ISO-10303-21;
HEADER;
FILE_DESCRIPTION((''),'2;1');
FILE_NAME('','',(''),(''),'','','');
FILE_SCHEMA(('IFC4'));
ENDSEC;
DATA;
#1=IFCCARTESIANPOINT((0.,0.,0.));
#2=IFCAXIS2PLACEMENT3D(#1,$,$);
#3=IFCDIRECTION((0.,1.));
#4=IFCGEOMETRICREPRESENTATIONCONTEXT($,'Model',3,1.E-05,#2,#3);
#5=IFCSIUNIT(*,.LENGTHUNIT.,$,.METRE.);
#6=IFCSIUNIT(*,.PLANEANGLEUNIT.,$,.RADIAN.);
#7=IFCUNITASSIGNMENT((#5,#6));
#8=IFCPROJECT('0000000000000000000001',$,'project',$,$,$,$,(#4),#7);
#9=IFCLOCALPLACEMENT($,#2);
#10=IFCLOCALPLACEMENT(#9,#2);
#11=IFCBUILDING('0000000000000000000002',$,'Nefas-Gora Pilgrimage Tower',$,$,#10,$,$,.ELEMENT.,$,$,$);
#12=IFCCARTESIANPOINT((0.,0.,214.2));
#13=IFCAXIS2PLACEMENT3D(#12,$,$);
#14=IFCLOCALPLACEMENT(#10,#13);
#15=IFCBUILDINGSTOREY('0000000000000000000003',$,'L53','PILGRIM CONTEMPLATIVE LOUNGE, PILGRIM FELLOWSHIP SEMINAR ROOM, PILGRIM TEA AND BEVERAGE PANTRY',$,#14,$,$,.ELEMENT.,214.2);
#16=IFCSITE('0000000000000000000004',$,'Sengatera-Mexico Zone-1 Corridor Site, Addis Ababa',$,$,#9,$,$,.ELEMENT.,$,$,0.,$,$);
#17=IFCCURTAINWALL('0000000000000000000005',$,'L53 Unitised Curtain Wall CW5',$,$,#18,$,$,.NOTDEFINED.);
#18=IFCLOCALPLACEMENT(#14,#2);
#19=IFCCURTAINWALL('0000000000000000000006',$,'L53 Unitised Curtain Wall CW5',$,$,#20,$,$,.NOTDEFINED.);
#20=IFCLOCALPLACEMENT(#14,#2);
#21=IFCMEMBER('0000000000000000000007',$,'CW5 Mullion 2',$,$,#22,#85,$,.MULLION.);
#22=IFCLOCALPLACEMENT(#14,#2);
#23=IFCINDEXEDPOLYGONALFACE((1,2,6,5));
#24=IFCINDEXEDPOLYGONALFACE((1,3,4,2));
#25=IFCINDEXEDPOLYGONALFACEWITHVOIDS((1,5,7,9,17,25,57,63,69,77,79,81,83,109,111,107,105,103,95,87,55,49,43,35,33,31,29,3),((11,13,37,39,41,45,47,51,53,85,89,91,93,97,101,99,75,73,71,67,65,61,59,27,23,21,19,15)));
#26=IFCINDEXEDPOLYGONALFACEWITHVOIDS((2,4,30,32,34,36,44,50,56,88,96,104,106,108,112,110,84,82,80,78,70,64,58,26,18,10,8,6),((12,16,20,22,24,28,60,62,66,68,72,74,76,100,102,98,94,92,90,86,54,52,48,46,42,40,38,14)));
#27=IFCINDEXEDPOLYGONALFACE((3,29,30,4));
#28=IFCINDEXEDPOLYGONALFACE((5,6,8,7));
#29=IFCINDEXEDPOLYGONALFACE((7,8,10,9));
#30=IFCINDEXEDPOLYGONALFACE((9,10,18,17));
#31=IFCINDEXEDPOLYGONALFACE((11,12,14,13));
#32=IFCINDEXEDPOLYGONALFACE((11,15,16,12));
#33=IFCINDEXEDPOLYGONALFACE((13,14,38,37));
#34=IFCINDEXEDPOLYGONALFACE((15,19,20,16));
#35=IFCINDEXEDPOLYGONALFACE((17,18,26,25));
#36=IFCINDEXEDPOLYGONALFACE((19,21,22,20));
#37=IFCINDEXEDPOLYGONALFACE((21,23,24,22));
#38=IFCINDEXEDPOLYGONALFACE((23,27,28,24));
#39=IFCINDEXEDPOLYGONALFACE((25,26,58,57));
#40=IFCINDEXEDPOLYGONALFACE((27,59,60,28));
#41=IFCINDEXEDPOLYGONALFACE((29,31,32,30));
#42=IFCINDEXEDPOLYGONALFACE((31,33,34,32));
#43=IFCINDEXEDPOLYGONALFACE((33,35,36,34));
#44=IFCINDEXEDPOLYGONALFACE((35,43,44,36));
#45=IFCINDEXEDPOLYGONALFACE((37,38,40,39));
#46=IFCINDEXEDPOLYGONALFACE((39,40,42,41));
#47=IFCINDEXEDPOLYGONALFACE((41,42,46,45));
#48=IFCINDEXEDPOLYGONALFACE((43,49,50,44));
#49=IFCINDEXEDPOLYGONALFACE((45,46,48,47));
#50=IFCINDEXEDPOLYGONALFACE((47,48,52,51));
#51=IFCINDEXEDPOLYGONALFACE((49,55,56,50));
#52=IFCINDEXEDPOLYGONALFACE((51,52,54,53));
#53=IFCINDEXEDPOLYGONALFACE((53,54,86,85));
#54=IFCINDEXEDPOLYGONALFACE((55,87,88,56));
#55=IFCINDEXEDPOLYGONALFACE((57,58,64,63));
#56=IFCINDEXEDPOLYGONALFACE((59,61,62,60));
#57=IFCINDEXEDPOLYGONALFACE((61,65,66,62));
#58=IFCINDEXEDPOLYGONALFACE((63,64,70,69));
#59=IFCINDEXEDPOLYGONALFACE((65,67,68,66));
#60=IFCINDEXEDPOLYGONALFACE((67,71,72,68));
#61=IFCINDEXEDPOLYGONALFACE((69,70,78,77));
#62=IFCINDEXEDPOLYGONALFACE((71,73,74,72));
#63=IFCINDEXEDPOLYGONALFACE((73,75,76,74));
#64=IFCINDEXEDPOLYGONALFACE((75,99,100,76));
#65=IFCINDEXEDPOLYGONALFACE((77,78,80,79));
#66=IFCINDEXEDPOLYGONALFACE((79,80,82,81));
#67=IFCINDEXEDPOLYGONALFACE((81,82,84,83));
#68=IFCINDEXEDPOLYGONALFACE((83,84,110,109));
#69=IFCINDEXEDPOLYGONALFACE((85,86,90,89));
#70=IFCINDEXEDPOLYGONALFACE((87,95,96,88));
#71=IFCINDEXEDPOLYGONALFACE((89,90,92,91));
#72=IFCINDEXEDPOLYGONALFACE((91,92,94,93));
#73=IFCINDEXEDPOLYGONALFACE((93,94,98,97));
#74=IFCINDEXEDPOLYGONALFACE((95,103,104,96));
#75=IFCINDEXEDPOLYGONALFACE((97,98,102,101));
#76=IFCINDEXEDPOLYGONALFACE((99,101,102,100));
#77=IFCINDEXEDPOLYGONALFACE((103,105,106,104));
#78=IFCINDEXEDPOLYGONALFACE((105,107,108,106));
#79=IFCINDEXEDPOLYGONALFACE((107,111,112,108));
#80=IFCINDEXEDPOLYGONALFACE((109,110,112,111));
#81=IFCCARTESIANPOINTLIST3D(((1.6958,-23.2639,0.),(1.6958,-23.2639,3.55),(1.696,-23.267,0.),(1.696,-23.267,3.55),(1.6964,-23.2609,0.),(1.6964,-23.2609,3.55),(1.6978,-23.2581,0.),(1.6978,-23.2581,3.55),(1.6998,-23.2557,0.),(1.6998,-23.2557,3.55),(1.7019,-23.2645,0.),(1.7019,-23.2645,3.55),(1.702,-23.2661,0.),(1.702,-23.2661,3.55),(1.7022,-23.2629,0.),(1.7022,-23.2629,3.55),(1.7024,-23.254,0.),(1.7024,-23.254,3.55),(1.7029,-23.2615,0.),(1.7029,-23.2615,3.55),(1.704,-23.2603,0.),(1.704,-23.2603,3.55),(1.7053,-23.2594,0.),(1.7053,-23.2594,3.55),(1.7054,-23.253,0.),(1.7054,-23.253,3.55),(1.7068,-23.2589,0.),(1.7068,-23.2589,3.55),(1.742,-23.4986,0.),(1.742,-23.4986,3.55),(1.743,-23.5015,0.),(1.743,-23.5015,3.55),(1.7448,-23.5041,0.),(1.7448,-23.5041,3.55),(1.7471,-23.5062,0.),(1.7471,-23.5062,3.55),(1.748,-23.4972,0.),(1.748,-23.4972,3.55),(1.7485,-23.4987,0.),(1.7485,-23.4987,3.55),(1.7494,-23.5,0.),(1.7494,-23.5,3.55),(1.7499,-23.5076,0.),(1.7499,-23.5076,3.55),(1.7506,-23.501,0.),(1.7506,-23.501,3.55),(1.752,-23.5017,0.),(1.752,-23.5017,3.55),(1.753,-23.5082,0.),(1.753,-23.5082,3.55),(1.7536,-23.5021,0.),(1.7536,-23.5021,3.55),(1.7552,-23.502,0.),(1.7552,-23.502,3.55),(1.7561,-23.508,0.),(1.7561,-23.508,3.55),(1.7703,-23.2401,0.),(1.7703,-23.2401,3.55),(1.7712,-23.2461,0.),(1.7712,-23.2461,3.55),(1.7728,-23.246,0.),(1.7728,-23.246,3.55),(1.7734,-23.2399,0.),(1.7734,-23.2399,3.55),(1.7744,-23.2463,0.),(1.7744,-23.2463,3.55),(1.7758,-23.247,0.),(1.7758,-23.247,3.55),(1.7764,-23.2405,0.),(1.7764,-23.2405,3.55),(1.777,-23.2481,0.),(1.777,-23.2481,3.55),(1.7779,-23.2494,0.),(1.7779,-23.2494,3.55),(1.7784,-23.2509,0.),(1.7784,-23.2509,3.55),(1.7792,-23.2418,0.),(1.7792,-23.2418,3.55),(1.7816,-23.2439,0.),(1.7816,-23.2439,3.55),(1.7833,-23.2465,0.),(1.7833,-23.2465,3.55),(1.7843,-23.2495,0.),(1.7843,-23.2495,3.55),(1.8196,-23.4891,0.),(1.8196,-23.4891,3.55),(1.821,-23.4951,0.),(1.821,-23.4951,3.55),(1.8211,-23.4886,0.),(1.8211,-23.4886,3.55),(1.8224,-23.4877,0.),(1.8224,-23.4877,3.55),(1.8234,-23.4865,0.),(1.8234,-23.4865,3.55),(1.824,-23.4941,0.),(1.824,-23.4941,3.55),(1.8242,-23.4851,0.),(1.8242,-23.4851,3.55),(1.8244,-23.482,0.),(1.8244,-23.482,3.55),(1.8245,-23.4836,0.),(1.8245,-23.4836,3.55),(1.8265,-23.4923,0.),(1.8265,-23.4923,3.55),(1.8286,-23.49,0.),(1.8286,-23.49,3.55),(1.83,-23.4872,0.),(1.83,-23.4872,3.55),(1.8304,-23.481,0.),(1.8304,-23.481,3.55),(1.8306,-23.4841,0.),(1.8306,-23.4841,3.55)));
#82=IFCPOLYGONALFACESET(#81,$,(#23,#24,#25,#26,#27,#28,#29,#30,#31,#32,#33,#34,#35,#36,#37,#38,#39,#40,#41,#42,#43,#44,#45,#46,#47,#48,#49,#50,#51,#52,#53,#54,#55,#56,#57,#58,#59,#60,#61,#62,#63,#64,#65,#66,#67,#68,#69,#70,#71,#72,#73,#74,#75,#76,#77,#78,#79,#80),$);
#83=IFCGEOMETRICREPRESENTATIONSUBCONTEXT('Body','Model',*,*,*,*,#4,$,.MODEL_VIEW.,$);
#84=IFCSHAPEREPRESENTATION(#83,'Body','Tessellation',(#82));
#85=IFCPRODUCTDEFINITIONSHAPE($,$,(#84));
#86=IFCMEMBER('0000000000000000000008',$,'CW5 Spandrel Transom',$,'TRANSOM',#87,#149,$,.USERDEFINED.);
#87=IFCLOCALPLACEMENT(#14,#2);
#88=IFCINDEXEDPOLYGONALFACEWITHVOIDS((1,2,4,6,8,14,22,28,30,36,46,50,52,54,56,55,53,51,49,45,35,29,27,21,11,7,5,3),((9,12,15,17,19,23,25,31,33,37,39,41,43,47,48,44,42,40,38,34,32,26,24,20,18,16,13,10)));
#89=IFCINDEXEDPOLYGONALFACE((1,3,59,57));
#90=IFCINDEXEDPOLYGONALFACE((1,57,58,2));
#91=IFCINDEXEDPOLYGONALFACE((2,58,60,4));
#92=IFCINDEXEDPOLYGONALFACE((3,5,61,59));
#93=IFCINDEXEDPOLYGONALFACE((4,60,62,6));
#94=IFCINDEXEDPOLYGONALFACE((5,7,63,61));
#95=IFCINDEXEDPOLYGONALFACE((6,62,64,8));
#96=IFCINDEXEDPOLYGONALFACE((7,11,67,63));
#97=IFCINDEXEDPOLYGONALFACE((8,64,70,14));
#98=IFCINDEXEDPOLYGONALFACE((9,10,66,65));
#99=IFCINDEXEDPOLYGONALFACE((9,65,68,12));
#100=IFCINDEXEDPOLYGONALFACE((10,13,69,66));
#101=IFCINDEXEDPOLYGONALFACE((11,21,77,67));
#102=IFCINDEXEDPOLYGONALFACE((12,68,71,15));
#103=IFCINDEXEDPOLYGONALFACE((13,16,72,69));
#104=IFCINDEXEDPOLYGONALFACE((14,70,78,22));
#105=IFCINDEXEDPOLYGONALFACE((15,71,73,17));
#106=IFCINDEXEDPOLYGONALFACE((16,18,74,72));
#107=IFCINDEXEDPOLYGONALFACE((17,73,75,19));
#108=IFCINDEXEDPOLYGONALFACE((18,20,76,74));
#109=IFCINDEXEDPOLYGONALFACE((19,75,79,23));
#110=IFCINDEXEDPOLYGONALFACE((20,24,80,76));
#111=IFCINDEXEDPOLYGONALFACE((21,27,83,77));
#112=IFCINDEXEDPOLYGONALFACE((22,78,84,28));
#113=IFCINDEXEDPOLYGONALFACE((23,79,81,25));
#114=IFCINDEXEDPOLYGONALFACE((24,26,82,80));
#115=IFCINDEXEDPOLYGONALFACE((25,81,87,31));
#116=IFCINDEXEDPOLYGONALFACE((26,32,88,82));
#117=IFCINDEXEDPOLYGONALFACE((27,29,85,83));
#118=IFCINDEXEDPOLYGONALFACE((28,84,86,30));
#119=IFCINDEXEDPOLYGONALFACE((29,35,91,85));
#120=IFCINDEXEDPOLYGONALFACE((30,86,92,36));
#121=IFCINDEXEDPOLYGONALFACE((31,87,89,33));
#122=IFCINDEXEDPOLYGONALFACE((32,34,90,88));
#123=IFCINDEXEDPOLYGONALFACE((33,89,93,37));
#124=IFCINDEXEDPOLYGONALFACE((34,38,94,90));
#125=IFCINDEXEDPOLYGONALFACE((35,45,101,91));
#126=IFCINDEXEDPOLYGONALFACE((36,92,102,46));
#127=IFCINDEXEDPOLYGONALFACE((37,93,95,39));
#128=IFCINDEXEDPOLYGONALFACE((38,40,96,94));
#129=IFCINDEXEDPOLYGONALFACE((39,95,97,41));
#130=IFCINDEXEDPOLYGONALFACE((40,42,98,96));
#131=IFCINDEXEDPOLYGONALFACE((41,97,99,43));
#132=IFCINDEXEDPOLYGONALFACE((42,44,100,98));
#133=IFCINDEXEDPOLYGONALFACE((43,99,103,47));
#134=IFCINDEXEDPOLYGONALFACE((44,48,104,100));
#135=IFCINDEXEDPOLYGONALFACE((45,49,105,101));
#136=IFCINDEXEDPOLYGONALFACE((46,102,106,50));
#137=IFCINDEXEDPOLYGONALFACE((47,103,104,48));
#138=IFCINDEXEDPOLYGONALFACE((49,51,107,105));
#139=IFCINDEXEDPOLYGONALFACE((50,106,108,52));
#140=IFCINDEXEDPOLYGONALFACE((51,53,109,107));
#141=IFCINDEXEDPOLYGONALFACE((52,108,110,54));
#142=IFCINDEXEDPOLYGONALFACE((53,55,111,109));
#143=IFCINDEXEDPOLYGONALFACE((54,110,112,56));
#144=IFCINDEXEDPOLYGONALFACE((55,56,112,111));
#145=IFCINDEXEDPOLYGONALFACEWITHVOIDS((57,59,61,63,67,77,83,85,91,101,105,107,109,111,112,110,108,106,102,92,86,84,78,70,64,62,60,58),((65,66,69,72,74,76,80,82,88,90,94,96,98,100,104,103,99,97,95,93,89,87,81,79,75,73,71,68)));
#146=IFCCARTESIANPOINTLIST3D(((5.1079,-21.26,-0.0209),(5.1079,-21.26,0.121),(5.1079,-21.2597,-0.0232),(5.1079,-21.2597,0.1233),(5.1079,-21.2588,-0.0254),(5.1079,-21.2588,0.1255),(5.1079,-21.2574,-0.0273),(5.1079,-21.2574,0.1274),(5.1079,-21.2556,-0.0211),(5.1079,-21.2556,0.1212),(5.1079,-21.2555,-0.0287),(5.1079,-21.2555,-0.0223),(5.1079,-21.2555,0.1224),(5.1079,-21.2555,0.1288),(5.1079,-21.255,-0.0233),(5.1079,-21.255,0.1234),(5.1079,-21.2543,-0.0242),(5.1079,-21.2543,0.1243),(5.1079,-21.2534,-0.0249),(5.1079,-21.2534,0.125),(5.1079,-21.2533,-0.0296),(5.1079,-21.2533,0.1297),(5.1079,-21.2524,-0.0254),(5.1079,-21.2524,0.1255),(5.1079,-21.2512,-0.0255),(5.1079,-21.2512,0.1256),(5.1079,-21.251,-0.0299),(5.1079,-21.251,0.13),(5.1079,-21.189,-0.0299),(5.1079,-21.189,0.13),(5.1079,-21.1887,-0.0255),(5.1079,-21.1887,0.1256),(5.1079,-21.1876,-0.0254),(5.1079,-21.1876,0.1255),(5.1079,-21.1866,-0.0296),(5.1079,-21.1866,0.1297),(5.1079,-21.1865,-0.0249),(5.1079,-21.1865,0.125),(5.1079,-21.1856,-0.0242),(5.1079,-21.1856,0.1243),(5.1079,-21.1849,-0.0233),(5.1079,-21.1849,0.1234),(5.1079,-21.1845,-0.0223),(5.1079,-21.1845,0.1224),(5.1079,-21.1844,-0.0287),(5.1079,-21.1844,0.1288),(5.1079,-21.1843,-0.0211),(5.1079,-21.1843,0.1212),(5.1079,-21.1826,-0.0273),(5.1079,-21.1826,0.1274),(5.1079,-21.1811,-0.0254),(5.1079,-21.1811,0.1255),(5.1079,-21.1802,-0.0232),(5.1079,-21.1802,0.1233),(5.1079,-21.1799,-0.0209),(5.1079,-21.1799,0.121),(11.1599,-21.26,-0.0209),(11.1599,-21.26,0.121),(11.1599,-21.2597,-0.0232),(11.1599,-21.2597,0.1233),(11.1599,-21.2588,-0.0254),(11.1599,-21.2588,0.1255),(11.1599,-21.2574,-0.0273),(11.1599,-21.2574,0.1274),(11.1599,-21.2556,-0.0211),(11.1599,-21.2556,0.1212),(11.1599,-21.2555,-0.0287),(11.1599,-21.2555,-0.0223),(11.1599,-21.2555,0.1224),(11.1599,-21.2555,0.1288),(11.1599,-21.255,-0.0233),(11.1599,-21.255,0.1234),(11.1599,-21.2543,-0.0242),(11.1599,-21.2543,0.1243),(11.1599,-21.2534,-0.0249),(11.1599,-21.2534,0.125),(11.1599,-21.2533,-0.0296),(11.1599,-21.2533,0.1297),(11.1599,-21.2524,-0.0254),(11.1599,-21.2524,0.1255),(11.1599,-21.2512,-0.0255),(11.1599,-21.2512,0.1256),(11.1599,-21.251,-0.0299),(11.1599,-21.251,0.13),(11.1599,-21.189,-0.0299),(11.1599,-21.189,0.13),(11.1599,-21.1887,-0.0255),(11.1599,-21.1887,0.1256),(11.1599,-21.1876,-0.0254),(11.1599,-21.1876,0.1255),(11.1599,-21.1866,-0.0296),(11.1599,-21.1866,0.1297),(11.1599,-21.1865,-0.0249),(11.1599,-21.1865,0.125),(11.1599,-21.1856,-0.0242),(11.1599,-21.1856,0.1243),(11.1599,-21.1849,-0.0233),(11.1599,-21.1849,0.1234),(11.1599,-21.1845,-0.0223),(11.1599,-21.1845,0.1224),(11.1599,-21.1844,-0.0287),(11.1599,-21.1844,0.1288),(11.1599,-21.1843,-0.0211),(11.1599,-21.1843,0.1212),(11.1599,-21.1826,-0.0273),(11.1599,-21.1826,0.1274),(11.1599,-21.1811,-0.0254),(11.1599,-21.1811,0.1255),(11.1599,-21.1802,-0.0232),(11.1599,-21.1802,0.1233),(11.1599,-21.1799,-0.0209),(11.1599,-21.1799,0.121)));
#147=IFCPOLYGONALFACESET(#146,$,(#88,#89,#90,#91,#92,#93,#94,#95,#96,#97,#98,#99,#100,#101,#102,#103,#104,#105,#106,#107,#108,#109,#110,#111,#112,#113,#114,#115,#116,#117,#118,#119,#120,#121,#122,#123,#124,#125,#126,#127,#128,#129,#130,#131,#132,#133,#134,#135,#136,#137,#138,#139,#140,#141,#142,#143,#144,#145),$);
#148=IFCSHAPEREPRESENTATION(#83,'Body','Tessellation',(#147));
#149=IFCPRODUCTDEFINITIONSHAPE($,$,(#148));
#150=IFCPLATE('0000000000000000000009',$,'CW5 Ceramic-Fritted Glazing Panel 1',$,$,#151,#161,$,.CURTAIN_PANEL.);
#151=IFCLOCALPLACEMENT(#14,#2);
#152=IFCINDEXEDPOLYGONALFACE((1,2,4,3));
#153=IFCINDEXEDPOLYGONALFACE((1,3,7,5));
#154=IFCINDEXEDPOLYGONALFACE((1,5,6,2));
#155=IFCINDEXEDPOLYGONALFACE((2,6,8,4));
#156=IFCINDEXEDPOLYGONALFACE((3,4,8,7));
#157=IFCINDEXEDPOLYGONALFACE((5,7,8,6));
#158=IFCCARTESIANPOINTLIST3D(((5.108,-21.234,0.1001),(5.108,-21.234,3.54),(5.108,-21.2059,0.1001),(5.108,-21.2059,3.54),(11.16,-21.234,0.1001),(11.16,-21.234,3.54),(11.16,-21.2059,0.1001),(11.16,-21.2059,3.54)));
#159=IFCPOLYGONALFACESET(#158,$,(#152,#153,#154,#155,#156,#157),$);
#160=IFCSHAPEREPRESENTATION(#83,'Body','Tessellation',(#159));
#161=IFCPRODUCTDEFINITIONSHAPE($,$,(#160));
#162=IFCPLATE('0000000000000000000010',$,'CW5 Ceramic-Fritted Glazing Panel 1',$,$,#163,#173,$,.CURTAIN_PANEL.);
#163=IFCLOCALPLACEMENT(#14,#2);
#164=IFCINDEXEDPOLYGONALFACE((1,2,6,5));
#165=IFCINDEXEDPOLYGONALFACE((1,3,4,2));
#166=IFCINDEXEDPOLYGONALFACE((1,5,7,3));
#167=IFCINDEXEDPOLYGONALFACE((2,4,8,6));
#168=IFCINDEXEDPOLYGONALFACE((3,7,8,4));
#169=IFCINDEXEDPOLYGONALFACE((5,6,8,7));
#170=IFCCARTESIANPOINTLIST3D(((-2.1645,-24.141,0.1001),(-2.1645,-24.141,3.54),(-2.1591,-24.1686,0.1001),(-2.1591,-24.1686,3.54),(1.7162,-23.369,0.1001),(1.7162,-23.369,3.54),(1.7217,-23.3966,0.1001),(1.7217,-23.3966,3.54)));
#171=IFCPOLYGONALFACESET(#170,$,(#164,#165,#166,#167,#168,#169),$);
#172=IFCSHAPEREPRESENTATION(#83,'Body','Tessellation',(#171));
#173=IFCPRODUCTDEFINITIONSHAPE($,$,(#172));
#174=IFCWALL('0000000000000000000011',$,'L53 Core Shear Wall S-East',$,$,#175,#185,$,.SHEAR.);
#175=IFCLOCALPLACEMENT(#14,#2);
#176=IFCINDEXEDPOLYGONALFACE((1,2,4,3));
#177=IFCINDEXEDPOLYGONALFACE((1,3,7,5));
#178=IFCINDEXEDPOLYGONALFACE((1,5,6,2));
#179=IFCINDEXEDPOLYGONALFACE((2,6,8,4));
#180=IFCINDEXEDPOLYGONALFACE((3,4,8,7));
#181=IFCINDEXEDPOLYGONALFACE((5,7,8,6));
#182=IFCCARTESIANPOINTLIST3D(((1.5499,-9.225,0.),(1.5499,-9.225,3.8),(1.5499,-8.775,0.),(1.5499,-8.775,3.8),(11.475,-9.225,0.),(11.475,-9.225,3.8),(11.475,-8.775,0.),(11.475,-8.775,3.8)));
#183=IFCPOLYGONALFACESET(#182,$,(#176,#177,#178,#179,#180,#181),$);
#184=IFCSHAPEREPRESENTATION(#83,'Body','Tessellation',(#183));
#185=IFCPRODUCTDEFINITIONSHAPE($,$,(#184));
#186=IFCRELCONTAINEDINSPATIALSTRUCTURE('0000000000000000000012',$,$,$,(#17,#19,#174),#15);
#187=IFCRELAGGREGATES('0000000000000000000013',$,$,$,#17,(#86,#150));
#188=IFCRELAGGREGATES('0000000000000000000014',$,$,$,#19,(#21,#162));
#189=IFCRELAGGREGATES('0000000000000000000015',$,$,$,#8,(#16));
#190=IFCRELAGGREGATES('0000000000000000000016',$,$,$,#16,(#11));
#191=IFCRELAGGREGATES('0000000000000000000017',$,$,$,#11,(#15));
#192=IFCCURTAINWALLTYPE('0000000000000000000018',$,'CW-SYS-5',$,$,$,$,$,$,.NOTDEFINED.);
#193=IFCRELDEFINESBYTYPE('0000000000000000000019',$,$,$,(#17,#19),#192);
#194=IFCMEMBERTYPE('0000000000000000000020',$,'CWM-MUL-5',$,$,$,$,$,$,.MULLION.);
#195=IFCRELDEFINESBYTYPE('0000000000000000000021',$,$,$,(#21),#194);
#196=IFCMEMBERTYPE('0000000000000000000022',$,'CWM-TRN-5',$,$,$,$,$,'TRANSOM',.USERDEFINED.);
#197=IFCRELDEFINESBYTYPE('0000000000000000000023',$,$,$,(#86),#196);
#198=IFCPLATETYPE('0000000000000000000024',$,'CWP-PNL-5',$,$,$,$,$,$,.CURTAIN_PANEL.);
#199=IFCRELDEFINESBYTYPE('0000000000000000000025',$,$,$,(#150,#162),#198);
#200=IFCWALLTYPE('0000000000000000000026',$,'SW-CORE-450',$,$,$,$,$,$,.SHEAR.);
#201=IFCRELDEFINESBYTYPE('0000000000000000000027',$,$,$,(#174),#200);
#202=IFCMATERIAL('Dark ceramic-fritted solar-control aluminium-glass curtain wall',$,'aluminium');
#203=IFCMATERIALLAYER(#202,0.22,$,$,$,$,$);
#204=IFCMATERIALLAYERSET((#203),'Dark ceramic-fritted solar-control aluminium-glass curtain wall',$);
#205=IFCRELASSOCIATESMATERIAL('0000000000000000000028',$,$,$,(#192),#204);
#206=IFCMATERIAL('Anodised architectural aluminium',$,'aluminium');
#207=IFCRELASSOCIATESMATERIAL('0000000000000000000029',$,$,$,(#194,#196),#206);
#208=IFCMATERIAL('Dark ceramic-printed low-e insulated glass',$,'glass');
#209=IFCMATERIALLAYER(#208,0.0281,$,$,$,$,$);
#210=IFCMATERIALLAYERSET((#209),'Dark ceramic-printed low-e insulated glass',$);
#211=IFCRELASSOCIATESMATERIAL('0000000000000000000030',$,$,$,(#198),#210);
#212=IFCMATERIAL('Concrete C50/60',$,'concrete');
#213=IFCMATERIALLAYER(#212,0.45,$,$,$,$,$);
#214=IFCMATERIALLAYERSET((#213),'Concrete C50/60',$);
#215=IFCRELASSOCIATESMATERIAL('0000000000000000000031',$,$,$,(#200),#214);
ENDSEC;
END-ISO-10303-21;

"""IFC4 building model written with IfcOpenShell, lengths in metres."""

from ifc_helpers import new_model, si_unit, direction, frame, frame_2d, origin, origin_2d, place, context, subcontext, project, spatial, rectangle, hollow_rectangle, extrude, source, transform, mapped, material, layer, layer_set, material_profile, profile_set, type_object, element, aggregate, save


model = new_model("IFC4")

# Units and contexts
model_context = context("Model", 3, precision=1e-05, world=origin(), true_north=direction((0.0, 1.0)))
body_context = subcontext(model_context, "Body", "Model", "MODEL_VIEW")
ifc_project = project(units=[si_unit("LENGTHUNIT", "METRE"), si_unit("PLANEANGLEUNIT", "RADIAN")], contexts=[model_context])

# Site, building, storey
site_placement = place(None, origin())
site = spatial("IfcSite", under=ifc_project, at=site_placement, Name="Sengatera-Mexico Zone-1 Corridor Site, Addis Ababa", CompositionType="ELEMENT", RefElevation=0.0)
building_placement = place(site_placement, origin())
building = spatial("IfcBuilding", under=site, at=building_placement, Name="Nefas-Gora Pilgrimage Tower", CompositionType="ELEMENT")
storey_placement = place(building_placement, frame((0.0, 0.0, 214.2)))
storey = spatial("IfcBuildingStorey", under=building, at=storey_placement, Name="L53", Description="PILGRIM CONTEMPLATIVE LOUNGE, PILGRIM FELLOWSHIP SEMINAR ROOM, PILGRIM TEA AND BEVERAGE PANTRY", CompositionType="ELEMENT", Elevation=214.2)

# Curtain wall
ifc_material_1 = material(Name="Dark ceramic-fritted solar-control aluminium-glass curtain wall", Category="aluminium")
ifc_layer_1 = layer(ifc_material_1, 0.22)
ifc_layer_set_1 = layer_set([ifc_layer_1], Name="Dark ceramic-fritted solar-control aluminium-glass curtain wall")
curtain_wall_type = type_object("IfcCurtainWallType", Name="CW-SYS-5", PredefinedType="NOTDEFINED", material=ifc_layer_set_1)
curtain_wall_1_placement = place(storey_placement, origin())
curtain_wall_1 = element("IfcCurtainWall", 1, at=curtain_wall_1_placement, inside=storey, type_object=curtain_wall_type, Name="L53 Unitised Curtain Wall CW5", PredefinedType="NOTDEFINED")
ifc_material_2 = material(Name="Anodised architectural aluminium", Category="aluminium")
ifc_material_profile_1 = material_profile(ifc_material_2, hollow_rectangle(XDim=0.0901, YDim=0.26, WallThickness=0.0061, InnerFilletRadius=0.0061, OuterFilletRadius=0.012, at=origin_2d()), Name="ALU MULLION 90x260")
ifc_profile_set_1 = profile_set([ifc_material_profile_1], Name="Anodised architectural aluminium")
member_type_1 = type_object("IfcMemberType", Name="CWM-MUL-5", PredefinedType="MULLION", material=ifc_profile_set_1)
shared_shape_1 = source(origin(), body_context, "Body", "SweptSolid", [
    extrude(hollow_rectangle(XDim=0.0901, YDim=0.26, WallThickness=0.0061, InnerFilletRadius=0.0061, OuterFilletRadius=0.012, at=origin_2d()), origin(), (0.0, 0.0, 1.0), 3.55),
])

# Curtain wall, member
curtain_wall_2_placement = place(storey_placement, origin())
curtain_wall_2 = element("IfcCurtainWall", 2, at=curtain_wall_2_placement, inside=storey, type_object=curtain_wall_type, Name="L53 Unitised Curtain Wall CW5", PredefinedType="NOTDEFINED")
member_1_placement = place(storey_placement, frame((1.7632, -23.374, 0.0), z_axis=(0.0, 0.0, 1.0), x_axis=(0.980783, 0.195102, 0.0)))
member_1 = element("IfcMember", 3, at=member_1_placement, type_object=member_type_1, Name="CW5 Mullion 2", PredefinedType="MULLION", context=body_context, shape_type="MappedRepresentation", body=[
    mapped(shared_shape_1, transform((0.0, 0.0, 0.0), x_axis=(1.0, 0.0, 0.0), y_axis=(0.0, 1.0, 0.0), z_axis=(0.0, 0.0, 1.0), scale=1.0)),
])

# Member
ifc_material_profile_2 = material_profile(ifc_material_2, hollow_rectangle(XDim=0.0801, YDim=0.1599, WallThickness=0.0044, InnerFilletRadius=0.0044, OuterFilletRadius=0.009, at=origin_2d()), Name="ALU TRANSOM 80x160")
ifc_profile_set_2 = profile_set([ifc_material_profile_2], Name="Anodised architectural aluminium")
member_type_2 = type_object("IfcMemberType", Name="CWM-TRN-5", ElementType="TRANSOM", PredefinedType="USERDEFINED", material=ifc_profile_set_2)
shared_shape_2 = source(origin(), body_context, "Body", "SweptSolid", [
    extrude(hollow_rectangle(XDim=0.0801, YDim=0.1599, WallThickness=0.0044, InnerFilletRadius=0.0044, OuterFilletRadius=0.009, at=origin_2d()), origin(), (0.0, 0.0, 1.0), 6.052),
])
member_2_placement = place(storey_placement, frame((5.1079, -21.22, 0.05), z_axis=(1.0, 0.0, 0.0), x_axis=(0.0, 1.0, 0.0)))
member_2 = element("IfcMember", 4, at=member_2_placement, type_object=member_type_2, Name="CW5 Spandrel Transom", ObjectType="TRANSOM", PredefinedType="USERDEFINED", context=body_context, shape_type="MappedRepresentation", body=[
    mapped(shared_shape_2, transform((0.0, 0.0, 0.0), x_axis=(1.0, 0.0, 0.0), y_axis=(0.0, 1.0, 0.0), z_axis=(0.0, 0.0, 1.0), scale=1.0)),
])

# Plates
ifc_material_3 = material(Name="Dark ceramic-printed low-e insulated glass", Category="glass")
ifc_layer_2 = layer(ifc_material_3, 0.0281)
ifc_layer_set_2 = layer_set([ifc_layer_2], Name="Dark ceramic-printed low-e insulated glass")
plate_type = type_object("IfcPlateType", Name="CWP-PNL-5", PredefinedType="CURTAIN_PANEL", material=ifc_layer_set_2)
shared_shape_3 = source(origin(), body_context, "Body", "SweptSolid", [
    extrude(rectangle(XDim=6.052, YDim=0.0281, at=origin_2d()), origin(), (0.0, 0.0, 1.0), 3.4399),
])
plate_1_placement = place(storey_placement, frame((8.134, -21.22, 0.1001), z_axis=(0.0, 0.0, 1.0), x_axis=(1.0, 0.0, 0.0)))
plate_1 = element("IfcPlate", 5, at=plate_1_placement, type_object=plate_type, Name="CW5 Ceramic-Fritted Glazing Panel 1", PredefinedType="CURTAIN_PANEL", context=body_context, shape_type="MappedRepresentation", body=[
    mapped(shared_shape_3, transform((0.0, 0.0, 0.0), x_axis=(1.0, 0.0, 0.0), y_axis=(0.0, 1.0, 0.0), z_axis=(0.0, 0.0, 1.0), scale=1.0)),
])
aggregate(curtain_wall_1, [member_2, plate_1])
shared_shape_4 = source(origin(), body_context, "Body", "SweptSolid", [
    extrude(rectangle(XDim=3.9568, YDim=0.0281, at=origin_2d()), origin(), (0.0, 0.0, 1.0), 3.4399),
])
plate_2_placement = place(storey_placement, frame((-0.2214, -23.7688, 0.1001), z_axis=(0.0, 0.0, 1.0), x_axis=(0.980783, 0.195102, 0.0)))
plate_2 = element("IfcPlate", 6, at=plate_2_placement, type_object=plate_type, Name="CW5 Ceramic-Fritted Glazing Panel 1", PredefinedType="CURTAIN_PANEL", context=body_context, shape_type="MappedRepresentation", body=[
    mapped(shared_shape_4, transform((0.0, 0.0, 0.0), x_axis=(1.0, 0.0, 0.0), y_axis=(0.0, 1.0, 0.0), z_axis=(0.0, 0.0, 1.0), scale=1.0)),
])
aggregate(curtain_wall_2, [member_1, plate_2])

# Wall
ifc_material_4 = material(Name="Concrete C50/60", Category="concrete")
ifc_layer_3 = layer(ifc_material_4, 0.45)
ifc_layer_set_3 = layer_set([ifc_layer_3], Name="Concrete C50/60")
wall_type_1 = type_object("IfcWallType", Name="SW-CORE-450", PredefinedType="SHEAR", material=ifc_layer_set_3)
shared_shape_5 = source(origin(), body_context, "Body", "SweptSolid", [
    extrude(rectangle(XDim=9.925, YDim=0.45, at=frame_2d((4.9624, 0.0))), origin(), (0.0, 0.0, 1.0), 3.8),
])
wall_1_placement = place(storey_placement, frame((1.55, -9.0, 0.0), z_axis=(0.0, 0.0, 1.0), x_axis=(1.0, 0.0, 0.0)))
element("IfcWall", 7, at=wall_1_placement, inside=storey, type_object=wall_type_1, Name="L53 Core Shear Wall S-East", PredefinedType="SHEAR", context=body_context, shape_type="MappedRepresentation", body=[
    mapped(shared_shape_5, transform((0.0, 0.0, 0.0), x_axis=(1.0, 0.0, 0.0), y_axis=(0.0, 1.0, 0.0), z_axis=(0.0, 0.0, 1.0), scale=1.0)),
])

save(model, "model.ifc")
